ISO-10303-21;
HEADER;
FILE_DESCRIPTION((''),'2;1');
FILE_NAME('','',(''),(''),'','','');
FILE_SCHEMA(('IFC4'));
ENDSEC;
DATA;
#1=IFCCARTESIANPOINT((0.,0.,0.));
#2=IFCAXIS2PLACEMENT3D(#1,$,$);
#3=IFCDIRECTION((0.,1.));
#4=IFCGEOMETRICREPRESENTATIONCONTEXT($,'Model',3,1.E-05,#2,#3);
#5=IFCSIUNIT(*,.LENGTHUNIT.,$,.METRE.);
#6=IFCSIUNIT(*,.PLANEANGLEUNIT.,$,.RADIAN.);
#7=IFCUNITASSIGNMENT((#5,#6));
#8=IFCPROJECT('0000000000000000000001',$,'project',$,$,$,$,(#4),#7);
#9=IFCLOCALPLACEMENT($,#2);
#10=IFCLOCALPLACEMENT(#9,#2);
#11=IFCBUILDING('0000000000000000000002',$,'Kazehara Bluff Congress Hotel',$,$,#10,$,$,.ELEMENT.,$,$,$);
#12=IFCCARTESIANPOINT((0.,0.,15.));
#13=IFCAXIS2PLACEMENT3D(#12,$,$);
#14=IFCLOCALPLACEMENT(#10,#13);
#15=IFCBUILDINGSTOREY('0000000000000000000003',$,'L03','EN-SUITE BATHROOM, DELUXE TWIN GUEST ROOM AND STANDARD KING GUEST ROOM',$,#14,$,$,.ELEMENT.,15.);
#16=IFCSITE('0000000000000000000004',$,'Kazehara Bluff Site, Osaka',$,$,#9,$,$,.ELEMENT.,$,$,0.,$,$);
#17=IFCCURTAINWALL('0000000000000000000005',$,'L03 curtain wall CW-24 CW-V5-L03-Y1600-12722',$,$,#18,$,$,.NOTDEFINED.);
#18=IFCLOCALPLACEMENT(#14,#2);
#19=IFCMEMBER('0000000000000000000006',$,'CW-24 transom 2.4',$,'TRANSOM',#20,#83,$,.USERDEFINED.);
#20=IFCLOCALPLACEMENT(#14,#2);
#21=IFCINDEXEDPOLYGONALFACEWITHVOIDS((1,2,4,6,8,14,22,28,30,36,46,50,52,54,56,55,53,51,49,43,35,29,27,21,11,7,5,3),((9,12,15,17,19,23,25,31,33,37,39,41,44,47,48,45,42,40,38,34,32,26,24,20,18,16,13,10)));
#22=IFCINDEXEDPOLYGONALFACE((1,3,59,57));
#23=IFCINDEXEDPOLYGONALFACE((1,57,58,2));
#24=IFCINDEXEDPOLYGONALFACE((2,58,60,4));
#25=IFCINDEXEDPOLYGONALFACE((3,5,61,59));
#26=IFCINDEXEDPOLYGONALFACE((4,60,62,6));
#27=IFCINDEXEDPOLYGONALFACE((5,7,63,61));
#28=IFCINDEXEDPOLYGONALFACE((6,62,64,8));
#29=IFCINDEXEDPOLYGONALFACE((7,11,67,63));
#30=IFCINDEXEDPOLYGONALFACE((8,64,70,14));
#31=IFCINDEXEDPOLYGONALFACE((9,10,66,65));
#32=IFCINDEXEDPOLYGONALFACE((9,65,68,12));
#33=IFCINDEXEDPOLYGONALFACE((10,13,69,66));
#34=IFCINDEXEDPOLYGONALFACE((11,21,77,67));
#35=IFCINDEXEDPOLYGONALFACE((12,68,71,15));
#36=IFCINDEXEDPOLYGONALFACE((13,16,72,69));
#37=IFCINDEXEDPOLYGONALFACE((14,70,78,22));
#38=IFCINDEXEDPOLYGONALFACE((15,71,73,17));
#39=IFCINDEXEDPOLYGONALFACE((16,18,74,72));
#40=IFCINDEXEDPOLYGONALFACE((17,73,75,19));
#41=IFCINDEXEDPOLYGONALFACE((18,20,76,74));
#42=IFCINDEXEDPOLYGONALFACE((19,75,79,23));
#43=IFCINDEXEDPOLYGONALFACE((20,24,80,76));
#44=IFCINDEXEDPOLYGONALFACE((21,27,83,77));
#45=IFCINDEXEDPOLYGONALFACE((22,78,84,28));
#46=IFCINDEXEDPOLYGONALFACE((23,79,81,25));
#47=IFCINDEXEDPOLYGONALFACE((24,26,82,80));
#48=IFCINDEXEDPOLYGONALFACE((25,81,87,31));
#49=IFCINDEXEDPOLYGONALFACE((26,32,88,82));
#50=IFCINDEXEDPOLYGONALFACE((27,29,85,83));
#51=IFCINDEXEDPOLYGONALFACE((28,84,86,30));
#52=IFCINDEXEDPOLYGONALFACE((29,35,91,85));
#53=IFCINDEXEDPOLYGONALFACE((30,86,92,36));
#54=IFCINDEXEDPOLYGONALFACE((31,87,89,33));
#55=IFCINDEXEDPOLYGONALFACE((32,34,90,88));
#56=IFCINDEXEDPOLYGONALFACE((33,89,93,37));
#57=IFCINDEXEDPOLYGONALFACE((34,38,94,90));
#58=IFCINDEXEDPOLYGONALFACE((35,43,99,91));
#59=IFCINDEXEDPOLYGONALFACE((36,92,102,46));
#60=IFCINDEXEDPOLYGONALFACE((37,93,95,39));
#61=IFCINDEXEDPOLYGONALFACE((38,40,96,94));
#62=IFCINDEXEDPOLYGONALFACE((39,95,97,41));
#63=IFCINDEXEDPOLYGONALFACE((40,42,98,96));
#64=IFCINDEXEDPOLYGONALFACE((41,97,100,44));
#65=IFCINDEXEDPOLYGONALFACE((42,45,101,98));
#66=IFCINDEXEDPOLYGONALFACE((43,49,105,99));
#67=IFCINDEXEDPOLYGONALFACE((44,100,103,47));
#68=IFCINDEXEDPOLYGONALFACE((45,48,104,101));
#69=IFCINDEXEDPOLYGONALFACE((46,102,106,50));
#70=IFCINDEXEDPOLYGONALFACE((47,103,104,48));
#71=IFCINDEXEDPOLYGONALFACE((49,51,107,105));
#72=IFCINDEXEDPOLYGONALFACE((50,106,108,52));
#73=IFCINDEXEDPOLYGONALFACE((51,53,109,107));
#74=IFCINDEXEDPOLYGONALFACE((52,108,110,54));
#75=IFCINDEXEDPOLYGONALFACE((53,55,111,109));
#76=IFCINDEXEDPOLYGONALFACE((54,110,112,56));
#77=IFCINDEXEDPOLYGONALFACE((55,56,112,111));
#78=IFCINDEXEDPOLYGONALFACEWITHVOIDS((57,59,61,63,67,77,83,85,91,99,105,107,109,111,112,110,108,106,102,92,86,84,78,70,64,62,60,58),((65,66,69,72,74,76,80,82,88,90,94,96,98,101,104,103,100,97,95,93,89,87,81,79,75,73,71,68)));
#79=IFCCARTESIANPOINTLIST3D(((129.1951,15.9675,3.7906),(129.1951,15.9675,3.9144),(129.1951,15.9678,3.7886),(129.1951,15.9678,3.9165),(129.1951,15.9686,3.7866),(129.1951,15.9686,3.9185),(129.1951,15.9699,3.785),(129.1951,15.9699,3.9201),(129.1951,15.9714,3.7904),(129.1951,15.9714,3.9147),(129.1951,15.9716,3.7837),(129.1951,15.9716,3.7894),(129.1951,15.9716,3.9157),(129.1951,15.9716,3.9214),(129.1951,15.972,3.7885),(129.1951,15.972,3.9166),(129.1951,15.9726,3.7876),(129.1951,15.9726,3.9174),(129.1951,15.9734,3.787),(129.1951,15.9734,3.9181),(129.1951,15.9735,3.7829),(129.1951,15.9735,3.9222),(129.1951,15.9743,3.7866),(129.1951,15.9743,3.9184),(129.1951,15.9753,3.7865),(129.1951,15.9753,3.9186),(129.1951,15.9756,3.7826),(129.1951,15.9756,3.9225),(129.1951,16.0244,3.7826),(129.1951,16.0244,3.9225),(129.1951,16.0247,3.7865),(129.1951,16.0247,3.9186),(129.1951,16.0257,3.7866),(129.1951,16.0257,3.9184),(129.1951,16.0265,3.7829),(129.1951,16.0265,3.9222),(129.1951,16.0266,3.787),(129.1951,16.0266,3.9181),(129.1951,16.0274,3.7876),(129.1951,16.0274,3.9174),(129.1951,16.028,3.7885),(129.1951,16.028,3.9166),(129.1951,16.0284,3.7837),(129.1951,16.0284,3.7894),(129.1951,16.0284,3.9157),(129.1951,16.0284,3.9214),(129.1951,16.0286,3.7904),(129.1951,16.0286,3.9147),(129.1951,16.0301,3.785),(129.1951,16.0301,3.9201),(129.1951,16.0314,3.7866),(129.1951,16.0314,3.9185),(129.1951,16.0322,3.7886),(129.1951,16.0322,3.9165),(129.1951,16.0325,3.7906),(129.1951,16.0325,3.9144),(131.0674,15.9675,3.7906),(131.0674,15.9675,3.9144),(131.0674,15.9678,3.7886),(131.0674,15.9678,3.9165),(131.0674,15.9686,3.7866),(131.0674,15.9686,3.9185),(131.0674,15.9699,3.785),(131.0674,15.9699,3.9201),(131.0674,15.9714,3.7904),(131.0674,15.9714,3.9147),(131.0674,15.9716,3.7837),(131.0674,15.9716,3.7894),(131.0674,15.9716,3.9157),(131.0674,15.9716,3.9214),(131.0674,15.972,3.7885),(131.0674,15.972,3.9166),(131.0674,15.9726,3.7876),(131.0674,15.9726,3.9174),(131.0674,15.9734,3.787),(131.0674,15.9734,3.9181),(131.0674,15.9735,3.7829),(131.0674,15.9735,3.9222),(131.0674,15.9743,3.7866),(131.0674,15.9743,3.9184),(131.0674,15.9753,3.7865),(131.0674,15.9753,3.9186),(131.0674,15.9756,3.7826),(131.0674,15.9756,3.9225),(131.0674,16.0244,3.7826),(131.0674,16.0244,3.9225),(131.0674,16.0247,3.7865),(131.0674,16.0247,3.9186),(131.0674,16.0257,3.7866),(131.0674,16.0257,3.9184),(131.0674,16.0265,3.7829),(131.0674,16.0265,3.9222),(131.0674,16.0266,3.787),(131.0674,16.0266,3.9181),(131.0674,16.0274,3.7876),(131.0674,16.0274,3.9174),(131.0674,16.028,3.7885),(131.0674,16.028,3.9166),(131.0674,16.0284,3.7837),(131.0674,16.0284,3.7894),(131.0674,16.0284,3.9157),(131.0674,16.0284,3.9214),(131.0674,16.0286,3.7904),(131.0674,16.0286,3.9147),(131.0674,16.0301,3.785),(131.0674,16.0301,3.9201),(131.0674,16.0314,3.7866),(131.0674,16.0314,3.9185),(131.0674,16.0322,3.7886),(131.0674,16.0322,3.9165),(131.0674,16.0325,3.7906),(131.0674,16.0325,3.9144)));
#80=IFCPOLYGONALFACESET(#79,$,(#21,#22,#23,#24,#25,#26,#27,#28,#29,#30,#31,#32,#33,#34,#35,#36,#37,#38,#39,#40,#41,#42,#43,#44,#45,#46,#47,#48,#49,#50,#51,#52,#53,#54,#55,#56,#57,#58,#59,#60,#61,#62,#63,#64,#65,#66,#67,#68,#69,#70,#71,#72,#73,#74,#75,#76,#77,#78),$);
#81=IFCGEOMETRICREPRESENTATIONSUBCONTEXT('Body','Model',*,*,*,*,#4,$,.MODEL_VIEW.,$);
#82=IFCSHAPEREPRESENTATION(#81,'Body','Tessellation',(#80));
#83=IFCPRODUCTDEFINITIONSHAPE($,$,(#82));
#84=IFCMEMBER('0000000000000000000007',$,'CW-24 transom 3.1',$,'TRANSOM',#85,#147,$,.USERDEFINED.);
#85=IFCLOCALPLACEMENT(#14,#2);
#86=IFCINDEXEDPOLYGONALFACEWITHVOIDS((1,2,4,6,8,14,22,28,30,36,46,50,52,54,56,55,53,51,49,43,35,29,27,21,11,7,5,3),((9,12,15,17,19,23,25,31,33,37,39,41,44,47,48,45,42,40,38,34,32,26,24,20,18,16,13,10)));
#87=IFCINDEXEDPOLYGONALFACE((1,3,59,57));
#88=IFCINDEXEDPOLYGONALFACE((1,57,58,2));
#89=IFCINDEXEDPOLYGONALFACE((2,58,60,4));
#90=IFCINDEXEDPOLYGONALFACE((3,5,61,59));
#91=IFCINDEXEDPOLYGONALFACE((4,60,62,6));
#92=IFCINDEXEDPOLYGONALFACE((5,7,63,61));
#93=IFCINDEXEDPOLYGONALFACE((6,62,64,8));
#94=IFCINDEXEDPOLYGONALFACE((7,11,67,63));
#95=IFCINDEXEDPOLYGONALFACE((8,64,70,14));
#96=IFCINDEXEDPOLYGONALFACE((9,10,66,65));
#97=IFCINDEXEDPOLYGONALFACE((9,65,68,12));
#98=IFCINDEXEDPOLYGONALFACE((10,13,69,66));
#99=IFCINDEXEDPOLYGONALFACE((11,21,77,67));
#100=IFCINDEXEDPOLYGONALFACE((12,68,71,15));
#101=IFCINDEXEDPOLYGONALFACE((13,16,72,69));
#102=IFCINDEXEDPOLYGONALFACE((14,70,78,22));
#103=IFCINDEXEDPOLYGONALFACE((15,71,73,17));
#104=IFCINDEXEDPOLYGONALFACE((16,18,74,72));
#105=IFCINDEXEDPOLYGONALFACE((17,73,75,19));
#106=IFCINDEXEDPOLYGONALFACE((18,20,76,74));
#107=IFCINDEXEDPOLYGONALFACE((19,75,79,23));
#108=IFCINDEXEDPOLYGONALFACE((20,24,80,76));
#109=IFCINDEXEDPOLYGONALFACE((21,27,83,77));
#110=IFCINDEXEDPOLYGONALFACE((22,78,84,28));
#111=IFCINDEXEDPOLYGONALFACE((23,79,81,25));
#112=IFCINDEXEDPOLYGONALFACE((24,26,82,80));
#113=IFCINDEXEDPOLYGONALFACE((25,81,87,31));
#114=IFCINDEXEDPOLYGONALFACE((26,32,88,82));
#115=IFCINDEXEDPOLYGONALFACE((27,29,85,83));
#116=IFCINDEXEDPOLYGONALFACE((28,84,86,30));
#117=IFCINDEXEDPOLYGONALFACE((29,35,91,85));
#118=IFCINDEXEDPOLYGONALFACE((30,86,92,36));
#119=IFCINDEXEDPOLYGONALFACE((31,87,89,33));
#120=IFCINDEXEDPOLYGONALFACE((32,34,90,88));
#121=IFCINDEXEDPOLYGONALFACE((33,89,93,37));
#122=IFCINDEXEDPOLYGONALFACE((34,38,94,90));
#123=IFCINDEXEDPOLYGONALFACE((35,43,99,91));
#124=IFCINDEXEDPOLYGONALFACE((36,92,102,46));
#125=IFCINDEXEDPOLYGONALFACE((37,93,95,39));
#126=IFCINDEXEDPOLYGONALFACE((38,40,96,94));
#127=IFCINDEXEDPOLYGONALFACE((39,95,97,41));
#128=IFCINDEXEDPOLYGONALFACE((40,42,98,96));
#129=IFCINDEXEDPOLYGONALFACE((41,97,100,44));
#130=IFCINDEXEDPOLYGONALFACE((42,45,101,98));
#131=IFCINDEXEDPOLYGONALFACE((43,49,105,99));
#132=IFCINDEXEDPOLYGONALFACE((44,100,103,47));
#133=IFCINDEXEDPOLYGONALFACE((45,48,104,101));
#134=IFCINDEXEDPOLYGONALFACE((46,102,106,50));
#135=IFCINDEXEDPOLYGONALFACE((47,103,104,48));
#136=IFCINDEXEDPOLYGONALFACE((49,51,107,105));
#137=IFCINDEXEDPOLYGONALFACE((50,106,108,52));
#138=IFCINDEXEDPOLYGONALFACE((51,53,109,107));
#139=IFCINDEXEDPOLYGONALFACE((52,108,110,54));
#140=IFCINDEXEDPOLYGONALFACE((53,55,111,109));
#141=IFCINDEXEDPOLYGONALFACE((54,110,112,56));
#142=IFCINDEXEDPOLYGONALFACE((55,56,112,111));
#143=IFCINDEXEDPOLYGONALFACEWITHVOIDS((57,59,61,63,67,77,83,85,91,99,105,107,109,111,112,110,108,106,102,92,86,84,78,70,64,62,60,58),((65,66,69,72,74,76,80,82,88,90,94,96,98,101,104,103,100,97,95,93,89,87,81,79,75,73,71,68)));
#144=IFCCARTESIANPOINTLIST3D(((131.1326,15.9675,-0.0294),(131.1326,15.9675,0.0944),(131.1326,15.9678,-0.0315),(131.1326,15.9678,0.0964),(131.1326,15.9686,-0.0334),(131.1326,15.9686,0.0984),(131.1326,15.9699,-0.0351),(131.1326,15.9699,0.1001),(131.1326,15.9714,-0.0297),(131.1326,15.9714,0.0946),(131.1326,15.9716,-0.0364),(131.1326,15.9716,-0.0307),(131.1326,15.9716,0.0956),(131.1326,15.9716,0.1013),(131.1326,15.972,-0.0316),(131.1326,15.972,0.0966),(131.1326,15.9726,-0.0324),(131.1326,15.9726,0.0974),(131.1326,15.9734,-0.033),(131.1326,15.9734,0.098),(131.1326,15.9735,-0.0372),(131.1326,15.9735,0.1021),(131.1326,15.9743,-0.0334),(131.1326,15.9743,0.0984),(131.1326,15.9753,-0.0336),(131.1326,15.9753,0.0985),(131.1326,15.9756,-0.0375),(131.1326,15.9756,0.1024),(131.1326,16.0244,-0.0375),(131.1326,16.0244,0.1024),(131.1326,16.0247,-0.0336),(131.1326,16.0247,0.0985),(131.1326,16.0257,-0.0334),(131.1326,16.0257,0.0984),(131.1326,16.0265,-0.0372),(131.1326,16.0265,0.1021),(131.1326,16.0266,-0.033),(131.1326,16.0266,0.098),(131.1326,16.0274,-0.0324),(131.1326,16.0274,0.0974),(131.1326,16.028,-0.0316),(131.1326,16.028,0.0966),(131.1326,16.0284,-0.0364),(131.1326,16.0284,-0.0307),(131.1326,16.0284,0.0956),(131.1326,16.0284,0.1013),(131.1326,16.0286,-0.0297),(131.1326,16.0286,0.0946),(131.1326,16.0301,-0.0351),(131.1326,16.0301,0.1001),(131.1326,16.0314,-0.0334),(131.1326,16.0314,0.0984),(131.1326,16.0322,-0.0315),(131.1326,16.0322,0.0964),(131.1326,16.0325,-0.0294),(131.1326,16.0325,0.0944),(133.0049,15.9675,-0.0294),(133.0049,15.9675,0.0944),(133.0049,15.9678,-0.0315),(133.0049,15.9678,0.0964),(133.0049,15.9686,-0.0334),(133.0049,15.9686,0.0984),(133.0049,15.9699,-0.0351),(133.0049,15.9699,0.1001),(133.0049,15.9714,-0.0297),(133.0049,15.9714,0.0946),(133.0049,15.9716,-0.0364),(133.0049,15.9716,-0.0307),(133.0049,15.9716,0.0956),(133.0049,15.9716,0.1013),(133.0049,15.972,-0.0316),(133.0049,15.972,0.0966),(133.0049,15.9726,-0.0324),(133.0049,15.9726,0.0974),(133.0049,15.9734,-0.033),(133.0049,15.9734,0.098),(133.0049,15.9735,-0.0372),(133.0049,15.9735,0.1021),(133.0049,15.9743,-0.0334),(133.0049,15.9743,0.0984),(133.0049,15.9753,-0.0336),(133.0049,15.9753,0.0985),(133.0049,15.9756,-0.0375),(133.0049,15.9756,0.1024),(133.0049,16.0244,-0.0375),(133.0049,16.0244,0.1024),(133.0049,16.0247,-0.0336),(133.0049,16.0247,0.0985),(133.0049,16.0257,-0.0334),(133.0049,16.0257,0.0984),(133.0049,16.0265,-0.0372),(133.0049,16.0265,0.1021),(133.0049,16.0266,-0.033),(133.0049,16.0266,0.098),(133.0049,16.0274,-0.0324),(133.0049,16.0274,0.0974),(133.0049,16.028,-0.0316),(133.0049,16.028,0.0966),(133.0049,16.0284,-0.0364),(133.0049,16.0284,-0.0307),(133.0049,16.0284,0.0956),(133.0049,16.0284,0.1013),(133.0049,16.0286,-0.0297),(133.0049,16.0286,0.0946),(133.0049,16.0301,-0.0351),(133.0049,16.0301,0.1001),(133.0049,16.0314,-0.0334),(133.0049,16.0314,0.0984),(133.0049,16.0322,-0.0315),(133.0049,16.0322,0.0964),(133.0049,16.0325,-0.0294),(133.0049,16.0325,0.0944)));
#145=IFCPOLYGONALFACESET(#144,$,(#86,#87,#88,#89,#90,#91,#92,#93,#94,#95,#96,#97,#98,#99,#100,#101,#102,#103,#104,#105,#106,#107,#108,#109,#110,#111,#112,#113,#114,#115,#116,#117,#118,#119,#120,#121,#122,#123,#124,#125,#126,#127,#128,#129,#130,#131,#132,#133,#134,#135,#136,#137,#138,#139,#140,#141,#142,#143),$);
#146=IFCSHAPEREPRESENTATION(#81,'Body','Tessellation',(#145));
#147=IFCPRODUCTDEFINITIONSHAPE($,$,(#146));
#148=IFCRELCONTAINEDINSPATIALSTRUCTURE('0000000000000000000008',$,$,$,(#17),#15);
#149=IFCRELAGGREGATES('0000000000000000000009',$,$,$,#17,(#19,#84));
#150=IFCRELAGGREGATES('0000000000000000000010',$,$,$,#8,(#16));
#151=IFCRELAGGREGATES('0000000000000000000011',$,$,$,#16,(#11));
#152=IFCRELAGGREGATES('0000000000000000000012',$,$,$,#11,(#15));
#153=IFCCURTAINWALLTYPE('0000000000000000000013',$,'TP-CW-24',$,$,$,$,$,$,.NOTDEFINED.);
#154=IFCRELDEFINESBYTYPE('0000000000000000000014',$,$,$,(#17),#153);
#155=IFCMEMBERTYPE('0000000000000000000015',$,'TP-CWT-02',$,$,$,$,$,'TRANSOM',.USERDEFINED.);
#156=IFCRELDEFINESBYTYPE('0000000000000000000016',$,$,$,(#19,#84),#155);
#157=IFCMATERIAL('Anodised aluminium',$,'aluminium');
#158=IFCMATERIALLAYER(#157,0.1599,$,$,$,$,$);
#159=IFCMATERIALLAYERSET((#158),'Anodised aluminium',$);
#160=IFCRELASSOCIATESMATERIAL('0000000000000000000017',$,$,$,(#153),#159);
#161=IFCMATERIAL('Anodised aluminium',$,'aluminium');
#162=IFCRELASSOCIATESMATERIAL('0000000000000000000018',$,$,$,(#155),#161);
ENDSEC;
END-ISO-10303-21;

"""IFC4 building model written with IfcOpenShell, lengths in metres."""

from ifc_helpers import new_model, si_unit, direction, frame, origin, origin_2d, place, context, subcontext, project, spatial, hollow_rectangle, extrude, material, layer, layer_set, material_profile, profile_set, type_object, element, aggregate, save


model = new_model("IFC4")

# Units and contexts
model_context = context("Model", 3, precision=1e-05, world=origin(), true_north=direction((0.0, 1.0)))
body_context = subcontext(model_context, "Body", "Model", "MODEL_VIEW")
ifc_project = project(units=[si_unit("LENGTHUNIT", "METRE"), si_unit("PLANEANGLEUNIT", "RADIAN")], contexts=[model_context])

# Site, building, storey
site_placement = place(None, origin())
site = spatial("IfcSite", under=ifc_project, at=site_placement, Name="Kazehara Bluff Site, Osaka", CompositionType="ELEMENT", RefElevation=0.0)
building_placement = place(site_placement, origin())
building = spatial("IfcBuilding", under=site, at=building_placement, Name="Kazehara Bluff Congress Hotel", CompositionType="ELEMENT")
storey_placement = place(building_placement, frame((0.0, 0.0, 15.0)))
storey = spatial("IfcBuildingStorey", under=building, at=storey_placement, Name="L03", Description="EN-SUITE BATHROOM, DELUXE TWIN GUEST ROOM AND STANDARD KING GUEST ROOM", CompositionType="ELEMENT", Elevation=15.0)

# Curtain wall
ifc_material_1 = material(Name="Anodised aluminium", Category="aluminium")
ifc_layer_1 = layer(ifc_material_1, 0.1599)
ifc_layer_set_1 = layer_set([ifc_layer_1], Name="Anodised aluminium")
curtain_wall_type_1 = type_object("IfcCurtainWallType", Name="TP-CW-24", PredefinedType="NOTDEFINED", material=ifc_layer_set_1)
curtain_wall_1_placement = place(storey_placement, origin())
curtain_wall_1 = element("IfcCurtainWall", 1, at=curtain_wall_1_placement, inside=storey, type_object=curtain_wall_type_1, Name="L03 curtain wall CW-24 CW-V5-L03-Y1600-12722", PredefinedType="NOTDEFINED")

# Members
ifc_material_2 = material(Name="Anodised aluminium", Category="aluminium")
ifc_material_profile_1 = material_profile(ifc_material_2, hollow_rectangle(XDim=0.0649, YDim=0.1399, WallThickness=0.0039, InnerFilletRadius=0.0039, OuterFilletRadius=0.0081, at=origin_2d()))
ifc_profile_set_1 = profile_set([ifc_material_profile_1], Name="Anodised aluminium")
member_type_1 = type_object("IfcMemberType", Name="TP-CWT-02", ElementType="TRANSOM", PredefinedType="USERDEFINED", material=ifc_profile_set_1)
member_1_placement = place(storey_placement, frame((129.1951, 16.0, 3.8525), z_axis=(1.0, 0.0, 0.0), x_axis=(0.0, 1.0, 0.0)))
member_1 = element("IfcMember", 2, at=member_1_placement, type_object=member_type_1, Name="CW-24 transom 2.4", ObjectType="TRANSOM", PredefinedType="USERDEFINED", context=body_context, shape_type="SweptSolid", body=[
    extrude(hollow_rectangle(XDim=0.0649, YDim=0.1399, WallThickness=0.0039, InnerFilletRadius=0.0039, OuterFilletRadius=0.0081, at=origin_2d()), origin(), (0.0, 0.0, 1.0), 1.8723),
])
member_2_placement = place(storey_placement, frame((131.1326, 16.0, 0.0325), z_axis=(1.0, 0.0, 0.0), x_axis=(0.0, 1.0, 0.0)))
member_2 = element("IfcMember", 3, at=member_2_placement, type_object=member_type_1, Name="CW-24 transom 3.1", ObjectType="TRANSOM", PredefinedType="USERDEFINED", context=body_context, shape_type="SweptSolid", body=[
    extrude(hollow_rectangle(XDim=0.0649, YDim=0.1399, WallThickness=0.0039, InnerFilletRadius=0.0039, OuterFilletRadius=0.0081, at=origin_2d()), origin(), (0.0, 0.0, 1.0), 1.8723),
])

aggregate(curtain_wall_1, [member_1, member_2])

save(model, "model.ifc")
